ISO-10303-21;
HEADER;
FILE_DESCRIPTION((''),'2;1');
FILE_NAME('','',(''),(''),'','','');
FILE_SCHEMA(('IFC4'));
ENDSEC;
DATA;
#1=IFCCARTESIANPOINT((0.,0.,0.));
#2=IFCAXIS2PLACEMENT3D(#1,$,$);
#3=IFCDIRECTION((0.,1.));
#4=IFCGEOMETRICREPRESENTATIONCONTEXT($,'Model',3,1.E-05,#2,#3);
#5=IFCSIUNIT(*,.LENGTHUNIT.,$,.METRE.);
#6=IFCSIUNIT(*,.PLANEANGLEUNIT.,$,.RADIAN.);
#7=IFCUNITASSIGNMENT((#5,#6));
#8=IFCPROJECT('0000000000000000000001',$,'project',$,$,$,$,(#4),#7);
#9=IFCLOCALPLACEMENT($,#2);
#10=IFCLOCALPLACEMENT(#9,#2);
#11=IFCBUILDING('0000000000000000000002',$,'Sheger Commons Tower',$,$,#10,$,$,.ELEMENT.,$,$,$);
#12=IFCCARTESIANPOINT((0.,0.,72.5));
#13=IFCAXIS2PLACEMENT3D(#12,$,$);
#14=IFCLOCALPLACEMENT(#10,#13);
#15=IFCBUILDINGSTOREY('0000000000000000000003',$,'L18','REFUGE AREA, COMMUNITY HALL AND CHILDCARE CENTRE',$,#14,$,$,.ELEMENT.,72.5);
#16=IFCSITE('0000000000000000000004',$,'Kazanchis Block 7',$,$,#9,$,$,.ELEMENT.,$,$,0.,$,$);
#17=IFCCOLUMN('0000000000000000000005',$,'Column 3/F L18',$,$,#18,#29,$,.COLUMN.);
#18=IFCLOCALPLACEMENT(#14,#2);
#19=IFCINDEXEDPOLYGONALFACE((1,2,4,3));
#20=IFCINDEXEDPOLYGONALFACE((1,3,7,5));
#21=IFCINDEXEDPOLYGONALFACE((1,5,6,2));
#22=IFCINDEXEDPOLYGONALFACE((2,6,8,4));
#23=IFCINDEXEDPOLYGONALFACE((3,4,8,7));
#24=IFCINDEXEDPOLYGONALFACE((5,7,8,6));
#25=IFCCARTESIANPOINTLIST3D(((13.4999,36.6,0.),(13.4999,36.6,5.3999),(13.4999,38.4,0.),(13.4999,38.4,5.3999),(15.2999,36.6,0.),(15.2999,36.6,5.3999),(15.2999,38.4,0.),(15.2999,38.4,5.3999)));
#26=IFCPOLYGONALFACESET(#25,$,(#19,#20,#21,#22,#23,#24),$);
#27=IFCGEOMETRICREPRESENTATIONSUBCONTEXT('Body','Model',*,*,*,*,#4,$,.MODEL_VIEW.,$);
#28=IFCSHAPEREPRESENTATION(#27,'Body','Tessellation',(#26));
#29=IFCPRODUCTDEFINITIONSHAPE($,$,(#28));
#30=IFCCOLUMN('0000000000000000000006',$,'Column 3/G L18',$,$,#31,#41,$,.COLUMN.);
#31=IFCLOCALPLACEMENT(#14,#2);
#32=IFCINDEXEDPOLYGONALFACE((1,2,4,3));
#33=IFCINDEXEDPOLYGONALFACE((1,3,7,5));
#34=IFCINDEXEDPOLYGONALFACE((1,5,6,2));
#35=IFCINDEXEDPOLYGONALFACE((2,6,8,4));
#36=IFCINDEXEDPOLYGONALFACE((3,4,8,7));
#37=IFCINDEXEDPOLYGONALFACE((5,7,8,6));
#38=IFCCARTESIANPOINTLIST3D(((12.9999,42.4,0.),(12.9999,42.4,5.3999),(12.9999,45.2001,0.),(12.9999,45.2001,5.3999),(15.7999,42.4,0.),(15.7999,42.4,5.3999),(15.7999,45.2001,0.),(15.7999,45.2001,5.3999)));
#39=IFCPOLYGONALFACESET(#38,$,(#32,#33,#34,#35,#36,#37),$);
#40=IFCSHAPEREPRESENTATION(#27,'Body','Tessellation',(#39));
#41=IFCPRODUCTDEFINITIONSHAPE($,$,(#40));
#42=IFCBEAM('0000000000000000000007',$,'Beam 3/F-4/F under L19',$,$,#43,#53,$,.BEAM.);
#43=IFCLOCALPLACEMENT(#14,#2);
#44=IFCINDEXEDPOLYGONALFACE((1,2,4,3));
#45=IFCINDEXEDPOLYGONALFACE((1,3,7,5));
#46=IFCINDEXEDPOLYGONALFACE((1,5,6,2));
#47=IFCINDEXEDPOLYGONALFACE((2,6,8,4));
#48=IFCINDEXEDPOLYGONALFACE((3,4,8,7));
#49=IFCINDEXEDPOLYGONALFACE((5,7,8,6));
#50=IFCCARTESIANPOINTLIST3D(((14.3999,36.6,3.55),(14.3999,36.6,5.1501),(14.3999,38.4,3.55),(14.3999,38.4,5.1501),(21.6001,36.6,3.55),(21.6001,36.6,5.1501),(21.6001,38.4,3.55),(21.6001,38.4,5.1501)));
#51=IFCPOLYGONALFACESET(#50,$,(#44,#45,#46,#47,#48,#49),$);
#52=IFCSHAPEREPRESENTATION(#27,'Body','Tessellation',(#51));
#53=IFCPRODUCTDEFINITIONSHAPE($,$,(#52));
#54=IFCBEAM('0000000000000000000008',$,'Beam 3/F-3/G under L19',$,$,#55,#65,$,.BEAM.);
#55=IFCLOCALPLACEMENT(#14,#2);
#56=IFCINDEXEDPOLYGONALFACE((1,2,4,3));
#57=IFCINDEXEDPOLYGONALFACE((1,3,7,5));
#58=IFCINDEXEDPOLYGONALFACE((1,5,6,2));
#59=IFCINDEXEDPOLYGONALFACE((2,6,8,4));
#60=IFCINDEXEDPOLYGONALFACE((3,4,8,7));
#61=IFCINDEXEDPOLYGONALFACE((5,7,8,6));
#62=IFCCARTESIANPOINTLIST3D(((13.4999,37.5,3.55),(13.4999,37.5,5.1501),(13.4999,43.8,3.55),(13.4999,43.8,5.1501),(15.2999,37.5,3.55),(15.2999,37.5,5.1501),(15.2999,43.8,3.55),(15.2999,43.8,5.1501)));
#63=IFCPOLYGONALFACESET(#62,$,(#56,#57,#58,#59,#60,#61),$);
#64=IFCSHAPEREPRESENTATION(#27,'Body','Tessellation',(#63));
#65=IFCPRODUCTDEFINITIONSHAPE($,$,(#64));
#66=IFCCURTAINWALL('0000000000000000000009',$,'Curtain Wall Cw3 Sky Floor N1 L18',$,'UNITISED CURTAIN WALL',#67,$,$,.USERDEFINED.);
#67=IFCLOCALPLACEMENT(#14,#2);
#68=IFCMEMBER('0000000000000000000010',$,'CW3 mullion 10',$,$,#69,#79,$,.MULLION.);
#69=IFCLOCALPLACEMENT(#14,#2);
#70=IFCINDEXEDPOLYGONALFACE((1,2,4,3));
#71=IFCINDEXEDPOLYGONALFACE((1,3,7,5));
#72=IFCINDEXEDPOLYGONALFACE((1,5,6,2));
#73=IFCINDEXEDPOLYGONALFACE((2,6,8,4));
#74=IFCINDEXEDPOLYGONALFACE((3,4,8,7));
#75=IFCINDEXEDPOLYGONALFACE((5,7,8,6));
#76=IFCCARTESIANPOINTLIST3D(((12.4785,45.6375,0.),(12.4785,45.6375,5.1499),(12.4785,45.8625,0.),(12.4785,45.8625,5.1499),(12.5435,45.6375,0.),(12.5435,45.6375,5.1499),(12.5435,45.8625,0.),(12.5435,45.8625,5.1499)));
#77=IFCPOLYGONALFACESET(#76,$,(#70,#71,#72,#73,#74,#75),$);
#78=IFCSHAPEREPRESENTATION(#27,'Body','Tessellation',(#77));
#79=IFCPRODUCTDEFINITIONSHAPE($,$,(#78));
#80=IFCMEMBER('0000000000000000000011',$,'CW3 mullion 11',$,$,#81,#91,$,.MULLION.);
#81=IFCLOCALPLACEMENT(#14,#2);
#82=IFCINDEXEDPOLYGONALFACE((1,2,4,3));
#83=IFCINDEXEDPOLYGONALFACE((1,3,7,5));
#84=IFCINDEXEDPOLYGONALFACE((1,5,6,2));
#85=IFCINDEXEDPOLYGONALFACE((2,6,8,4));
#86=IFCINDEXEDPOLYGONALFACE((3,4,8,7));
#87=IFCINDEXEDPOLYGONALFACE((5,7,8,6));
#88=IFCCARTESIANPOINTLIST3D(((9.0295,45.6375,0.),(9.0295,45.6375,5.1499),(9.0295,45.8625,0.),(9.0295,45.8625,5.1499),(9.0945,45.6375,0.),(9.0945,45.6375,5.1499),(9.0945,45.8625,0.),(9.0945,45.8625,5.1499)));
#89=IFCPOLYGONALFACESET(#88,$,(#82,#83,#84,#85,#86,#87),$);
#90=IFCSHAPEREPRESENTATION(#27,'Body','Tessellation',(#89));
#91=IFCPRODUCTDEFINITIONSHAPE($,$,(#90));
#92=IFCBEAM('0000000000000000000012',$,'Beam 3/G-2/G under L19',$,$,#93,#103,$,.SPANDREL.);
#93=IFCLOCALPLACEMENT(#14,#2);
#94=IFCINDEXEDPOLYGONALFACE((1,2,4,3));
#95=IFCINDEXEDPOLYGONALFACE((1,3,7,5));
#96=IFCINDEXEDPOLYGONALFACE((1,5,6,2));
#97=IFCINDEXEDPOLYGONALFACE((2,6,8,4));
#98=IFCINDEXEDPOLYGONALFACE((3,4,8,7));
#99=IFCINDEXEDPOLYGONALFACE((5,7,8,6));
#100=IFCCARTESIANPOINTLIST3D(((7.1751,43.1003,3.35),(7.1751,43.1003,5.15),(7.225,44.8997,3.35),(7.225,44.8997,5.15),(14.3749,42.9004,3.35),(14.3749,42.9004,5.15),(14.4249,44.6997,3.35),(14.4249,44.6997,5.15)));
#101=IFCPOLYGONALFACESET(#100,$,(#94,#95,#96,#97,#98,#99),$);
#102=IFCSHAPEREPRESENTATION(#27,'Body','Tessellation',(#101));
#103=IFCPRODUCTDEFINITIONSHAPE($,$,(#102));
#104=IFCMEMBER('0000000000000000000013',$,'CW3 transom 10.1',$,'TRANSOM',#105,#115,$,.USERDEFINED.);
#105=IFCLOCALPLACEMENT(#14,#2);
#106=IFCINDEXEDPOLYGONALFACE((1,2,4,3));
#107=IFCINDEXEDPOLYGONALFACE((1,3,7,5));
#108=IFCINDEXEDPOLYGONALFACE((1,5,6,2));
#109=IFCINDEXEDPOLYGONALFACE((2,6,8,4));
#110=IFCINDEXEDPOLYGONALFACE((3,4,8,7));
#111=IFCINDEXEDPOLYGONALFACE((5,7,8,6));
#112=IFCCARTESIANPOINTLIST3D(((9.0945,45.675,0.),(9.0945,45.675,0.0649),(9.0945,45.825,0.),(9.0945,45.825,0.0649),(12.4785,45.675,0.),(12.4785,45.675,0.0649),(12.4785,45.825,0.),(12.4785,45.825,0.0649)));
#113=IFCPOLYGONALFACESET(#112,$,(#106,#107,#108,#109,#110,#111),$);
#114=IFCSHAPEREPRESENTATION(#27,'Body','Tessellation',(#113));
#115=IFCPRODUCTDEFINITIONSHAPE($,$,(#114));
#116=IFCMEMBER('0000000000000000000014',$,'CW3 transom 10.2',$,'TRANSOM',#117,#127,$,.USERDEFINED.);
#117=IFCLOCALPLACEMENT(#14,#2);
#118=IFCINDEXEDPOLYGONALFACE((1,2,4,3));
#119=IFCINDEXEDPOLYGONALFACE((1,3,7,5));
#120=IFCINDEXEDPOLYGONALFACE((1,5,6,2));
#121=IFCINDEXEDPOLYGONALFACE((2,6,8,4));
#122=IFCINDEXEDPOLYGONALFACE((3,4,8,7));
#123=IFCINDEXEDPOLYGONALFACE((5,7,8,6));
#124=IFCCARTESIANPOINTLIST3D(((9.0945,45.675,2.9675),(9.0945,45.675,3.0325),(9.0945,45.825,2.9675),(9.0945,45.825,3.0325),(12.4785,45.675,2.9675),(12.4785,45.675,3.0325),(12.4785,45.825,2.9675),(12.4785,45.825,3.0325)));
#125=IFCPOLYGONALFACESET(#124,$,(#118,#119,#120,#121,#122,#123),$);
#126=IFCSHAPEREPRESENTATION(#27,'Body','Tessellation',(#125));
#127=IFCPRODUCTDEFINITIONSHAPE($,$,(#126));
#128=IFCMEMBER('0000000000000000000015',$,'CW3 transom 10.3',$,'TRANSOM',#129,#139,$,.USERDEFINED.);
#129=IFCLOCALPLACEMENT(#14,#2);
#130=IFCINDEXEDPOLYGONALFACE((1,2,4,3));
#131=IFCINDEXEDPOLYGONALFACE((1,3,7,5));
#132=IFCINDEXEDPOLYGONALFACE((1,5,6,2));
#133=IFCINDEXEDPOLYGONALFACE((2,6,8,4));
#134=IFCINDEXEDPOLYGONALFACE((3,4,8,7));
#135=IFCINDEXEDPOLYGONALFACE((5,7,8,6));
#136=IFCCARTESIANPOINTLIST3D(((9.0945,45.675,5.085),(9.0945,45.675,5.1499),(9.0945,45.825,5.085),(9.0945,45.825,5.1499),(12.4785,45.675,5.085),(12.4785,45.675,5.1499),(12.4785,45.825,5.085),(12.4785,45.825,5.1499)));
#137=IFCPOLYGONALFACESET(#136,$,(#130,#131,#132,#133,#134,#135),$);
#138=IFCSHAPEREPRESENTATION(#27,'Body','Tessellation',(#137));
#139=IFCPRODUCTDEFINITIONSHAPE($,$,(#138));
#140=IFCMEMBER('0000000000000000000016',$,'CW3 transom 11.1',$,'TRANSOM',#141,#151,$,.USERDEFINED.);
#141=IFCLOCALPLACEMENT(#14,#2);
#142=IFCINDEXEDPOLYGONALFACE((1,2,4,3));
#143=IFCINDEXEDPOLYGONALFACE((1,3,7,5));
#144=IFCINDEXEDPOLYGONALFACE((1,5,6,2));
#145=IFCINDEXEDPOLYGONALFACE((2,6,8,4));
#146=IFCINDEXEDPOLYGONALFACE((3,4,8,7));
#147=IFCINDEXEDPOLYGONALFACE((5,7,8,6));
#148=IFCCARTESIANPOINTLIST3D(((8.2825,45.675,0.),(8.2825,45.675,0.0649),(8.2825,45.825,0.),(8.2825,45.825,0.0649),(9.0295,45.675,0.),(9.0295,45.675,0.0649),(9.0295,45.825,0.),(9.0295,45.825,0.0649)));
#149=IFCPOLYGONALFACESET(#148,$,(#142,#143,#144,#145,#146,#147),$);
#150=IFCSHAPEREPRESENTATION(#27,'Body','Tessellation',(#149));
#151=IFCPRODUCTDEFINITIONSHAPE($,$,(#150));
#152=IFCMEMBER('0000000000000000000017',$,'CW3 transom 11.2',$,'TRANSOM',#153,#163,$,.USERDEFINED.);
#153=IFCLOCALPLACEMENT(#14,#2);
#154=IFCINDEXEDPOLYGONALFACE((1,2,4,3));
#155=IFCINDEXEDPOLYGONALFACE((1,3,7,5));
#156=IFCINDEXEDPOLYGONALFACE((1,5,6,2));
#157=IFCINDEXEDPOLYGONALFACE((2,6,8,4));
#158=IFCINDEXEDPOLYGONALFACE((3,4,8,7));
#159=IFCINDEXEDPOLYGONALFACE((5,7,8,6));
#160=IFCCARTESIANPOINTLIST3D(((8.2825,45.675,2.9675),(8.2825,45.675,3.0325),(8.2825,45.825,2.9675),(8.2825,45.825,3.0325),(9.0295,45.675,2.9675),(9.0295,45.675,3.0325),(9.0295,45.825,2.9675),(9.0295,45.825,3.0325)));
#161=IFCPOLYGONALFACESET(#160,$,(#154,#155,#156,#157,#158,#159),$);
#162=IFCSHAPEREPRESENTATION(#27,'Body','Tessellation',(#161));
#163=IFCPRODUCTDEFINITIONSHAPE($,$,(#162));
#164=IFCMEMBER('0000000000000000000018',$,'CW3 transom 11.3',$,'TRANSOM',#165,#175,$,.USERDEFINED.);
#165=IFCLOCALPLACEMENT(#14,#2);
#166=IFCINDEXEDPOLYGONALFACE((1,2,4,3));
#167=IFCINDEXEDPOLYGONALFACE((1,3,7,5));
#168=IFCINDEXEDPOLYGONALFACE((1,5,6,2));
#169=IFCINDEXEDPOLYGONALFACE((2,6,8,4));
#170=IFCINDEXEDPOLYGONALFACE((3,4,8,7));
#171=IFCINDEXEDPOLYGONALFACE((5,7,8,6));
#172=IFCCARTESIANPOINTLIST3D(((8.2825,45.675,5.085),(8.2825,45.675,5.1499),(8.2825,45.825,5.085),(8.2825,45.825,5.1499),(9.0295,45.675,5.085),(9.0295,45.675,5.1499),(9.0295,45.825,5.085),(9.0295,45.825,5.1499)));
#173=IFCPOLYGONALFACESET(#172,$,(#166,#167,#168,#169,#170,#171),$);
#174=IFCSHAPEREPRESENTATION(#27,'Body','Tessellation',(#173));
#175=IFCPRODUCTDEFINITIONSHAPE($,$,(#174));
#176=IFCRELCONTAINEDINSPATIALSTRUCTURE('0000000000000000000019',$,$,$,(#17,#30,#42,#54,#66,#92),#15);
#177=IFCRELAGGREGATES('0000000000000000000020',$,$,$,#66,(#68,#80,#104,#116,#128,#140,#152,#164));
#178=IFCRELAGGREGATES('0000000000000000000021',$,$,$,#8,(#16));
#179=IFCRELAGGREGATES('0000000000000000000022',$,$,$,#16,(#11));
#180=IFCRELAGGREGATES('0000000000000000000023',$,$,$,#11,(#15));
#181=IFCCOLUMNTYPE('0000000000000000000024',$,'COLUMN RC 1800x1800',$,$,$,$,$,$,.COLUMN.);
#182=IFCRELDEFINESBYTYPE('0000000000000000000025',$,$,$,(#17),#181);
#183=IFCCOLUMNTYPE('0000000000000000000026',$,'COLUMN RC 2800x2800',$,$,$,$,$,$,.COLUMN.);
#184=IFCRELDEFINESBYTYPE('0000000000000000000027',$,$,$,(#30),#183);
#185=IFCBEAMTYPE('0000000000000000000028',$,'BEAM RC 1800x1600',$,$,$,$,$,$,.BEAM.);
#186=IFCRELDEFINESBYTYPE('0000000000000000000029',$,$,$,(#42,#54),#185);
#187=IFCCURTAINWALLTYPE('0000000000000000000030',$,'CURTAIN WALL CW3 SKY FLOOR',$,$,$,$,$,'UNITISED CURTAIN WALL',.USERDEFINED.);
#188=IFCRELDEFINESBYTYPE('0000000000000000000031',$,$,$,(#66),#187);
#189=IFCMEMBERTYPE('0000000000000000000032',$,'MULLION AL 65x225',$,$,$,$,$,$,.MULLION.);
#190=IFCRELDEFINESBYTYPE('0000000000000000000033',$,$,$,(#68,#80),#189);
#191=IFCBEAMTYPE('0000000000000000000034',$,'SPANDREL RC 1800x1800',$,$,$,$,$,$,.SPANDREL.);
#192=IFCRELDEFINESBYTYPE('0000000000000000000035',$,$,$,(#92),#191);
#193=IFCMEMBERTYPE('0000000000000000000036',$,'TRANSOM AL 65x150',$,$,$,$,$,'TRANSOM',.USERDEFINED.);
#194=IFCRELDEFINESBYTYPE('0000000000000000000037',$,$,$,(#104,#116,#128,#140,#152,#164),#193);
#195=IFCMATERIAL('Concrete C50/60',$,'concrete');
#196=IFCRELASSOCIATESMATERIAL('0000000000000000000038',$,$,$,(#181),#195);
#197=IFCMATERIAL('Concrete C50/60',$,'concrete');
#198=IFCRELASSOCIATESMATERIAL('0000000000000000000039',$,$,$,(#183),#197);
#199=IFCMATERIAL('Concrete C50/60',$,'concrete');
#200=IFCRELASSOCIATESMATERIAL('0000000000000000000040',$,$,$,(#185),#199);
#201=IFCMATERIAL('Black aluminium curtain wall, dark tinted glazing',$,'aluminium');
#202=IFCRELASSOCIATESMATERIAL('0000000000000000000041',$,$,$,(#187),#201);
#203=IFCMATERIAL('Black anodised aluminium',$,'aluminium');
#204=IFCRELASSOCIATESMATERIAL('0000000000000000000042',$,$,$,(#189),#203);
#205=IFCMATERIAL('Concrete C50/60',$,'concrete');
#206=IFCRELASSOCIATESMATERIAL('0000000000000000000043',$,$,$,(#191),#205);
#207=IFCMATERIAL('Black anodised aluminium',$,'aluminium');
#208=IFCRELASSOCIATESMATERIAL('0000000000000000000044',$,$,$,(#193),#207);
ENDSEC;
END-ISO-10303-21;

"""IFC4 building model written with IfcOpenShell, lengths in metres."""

from ifc_helpers import new_model, si_unit, direction, frame, origin, origin_2d, place, context, subcontext, project, spatial, rectangle, extrude, material, material_profile, profile_set, type_object, element, aggregate, save


model = new_model("IFC4")

# Units and contexts
model_context = context("Model", 3, precision=1e-05, world=origin(), true_north=direction((0.0, 1.0)))
body_context = subcontext(model_context, "Body", "Model", "MODEL_VIEW")
ifc_project = project(units=[si_unit("LENGTHUNIT", "METRE"), si_unit("PLANEANGLEUNIT", "RADIAN")], contexts=[model_context])

# Site, building, storey
site_placement = place(None, origin())
site = spatial("IfcSite", under=ifc_project, at=site_placement, Name="Kazanchis Block 7", CompositionType="ELEMENT", RefElevation=0.0)
building_placement = place(site_placement, origin())
building = spatial("IfcBuilding", under=site, at=building_placement, Name="Sheger Commons Tower", CompositionType="ELEMENT")
storey_placement = place(building_placement, frame((0.0, 0.0, 72.5)))
storey = spatial("IfcBuildingStorey", under=building, at=storey_placement, Name="L18", Description="REFUGE AREA, COMMUNITY HALL AND CHILDCARE CENTRE", CompositionType="ELEMENT", Elevation=72.5)

# Columns
ifc_material_1 = material(Name="Concrete C50/60", Category="concrete")
ifc_material_profile_1 = material_profile(ifc_material_1, rectangle(XDim=1.8, YDim=1.8, at=origin_2d()), Name="RC 1800x1800")
ifc_profile_set_1 = profile_set([ifc_material_profile_1], Name="Concrete C50/60")
column_type_1 = type_object("IfcColumnType", Name="COLUMN RC 1800x1800", PredefinedType="COLUMN", material=ifc_profile_set_1)
column_1_placement = place(storey_placement, frame((14.3999, 37.5, 0.0), z_axis=(0.0, 0.0, 1.0), x_axis=(1.0, 0.0, 0.0)))
element("IfcColumn", 1, at=column_1_placement, inside=storey, type_object=column_type_1, Name="Column 3/F L18", PredefinedType="COLUMN", context=body_context, shape_type="SweptSolid", body=[
    extrude(rectangle(XDim=1.8, YDim=1.8, at=origin_2d()), origin(), (0.0, 0.0, 1.0), 5.3999),
])
ifc_material_2 = material(Name="Concrete C50/60", Category="concrete")
ifc_material_profile_2 = material_profile(ifc_material_2, rectangle(XDim=2.8, YDim=2.8, at=origin_2d()), Name="RC 2800x2800")
ifc_profile_set_2 = profile_set([ifc_material_profile_2], Name="Concrete C50/60")
column_type_2 = type_object("IfcColumnType", Name="COLUMN RC 2800x2800", PredefinedType="COLUMN", material=ifc_profile_set_2)
column_2_placement = place(storey_placement, frame((14.3999, 43.8, 0.0), z_axis=(0.0, 0.0, 1.0), x_axis=(1.0, 0.0, 0.0)))
element("IfcColumn", 2, at=column_2_placement, inside=storey, type_object=column_type_2, Name="Column 3/G L18", PredefinedType="COLUMN", context=body_context, shape_type="SweptSolid", body=[
    extrude(rectangle(XDim=2.8, YDim=2.8, at=origin_2d()), origin(), (0.0, 0.0, 1.0), 5.3999),
])

# Beams
ifc_material_3 = material(Name="Concrete C50/60", Category="concrete")
ifc_material_profile_3 = material_profile(ifc_material_3, rectangle(XDim=1.8, YDim=1.6001, at=origin_2d()), Name="RC 1800x1600")
ifc_profile_set_3 = profile_set([ifc_material_profile_3], Name="Concrete C50/60")
beam_type_1 = type_object("IfcBeamType", Name="BEAM RC 1800x1600", PredefinedType="BEAM", material=ifc_profile_set_3)
beam_1_placement = place(storey_placement, frame((14.3999, 37.5, 4.3501), z_axis=(1.0, 0.0, 0.0), x_axis=(0.0, 1.0, 0.0)))
element("IfcBeam", 3, at=beam_1_placement, inside=storey, type_object=beam_type_1, Name="Beam 3/F-4/F under L19", PredefinedType="BEAM", context=body_context, shape_type="SweptSolid", body=[
    extrude(rectangle(XDim=1.8, YDim=1.6001, at=origin_2d()), origin(), (0.0, 0.0, 1.0), 7.2002),
])
beam_2_placement = place(storey_placement, frame((14.3999, 37.5, 4.3501), z_axis=(0.0, 1.0, 0.0), x_axis=(-1.0, 0.0, 0.0)))
element("IfcBeam", 4, at=beam_2_placement, inside=storey, type_object=beam_type_1, Name="Beam 3/F-3/G under L19", PredefinedType="BEAM", context=body_context, shape_type="SweptSolid", body=[
    extrude(rectangle(XDim=1.8, YDim=1.6001, at=origin_2d()), origin(), (0.0, 0.0, 1.0), 6.3),
])

# Curtain wall, members
ifc_material_4 = material(Name="Black aluminium curtain wall, dark tinted glazing", Category="aluminium")
curtain_wall_type = type_object("IfcCurtainWallType", Name="CURTAIN WALL CW3 SKY FLOOR", ElementType="UNITISED CURTAIN WALL", PredefinedType="USERDEFINED", material=ifc_material_4)
curtain_wall_placement = place(storey_placement, origin())
curtain_wall = element("IfcCurtainWall", 5, at=curtain_wall_placement, inside=storey, type_object=curtain_wall_type, Name="Curtain Wall Cw3 Sky Floor N1 L18", ObjectType="UNITISED CURTAIN WALL", PredefinedType="USERDEFINED")
ifc_material_5 = material(Name="Black anodised aluminium", Category="aluminium")
ifc_material_profile_4 = material_profile(ifc_material_5, rectangle(XDim=0.2251, YDim=0.0649, at=origin_2d()), Name="AL 65x225")
ifc_profile_set_4 = profile_set([ifc_material_profile_4], Name="Black anodised aluminium")
member_type_1 = type_object("IfcMemberType", Name="MULLION AL 65x225", PredefinedType="MULLION", material=ifc_profile_set_4)
member_1_placement = place(storey_placement, frame((12.511, 45.75, 0.0), z_axis=(0.0, 0.0, 1.0), x_axis=(0.0, -1.0, 0.0)))
member_1 = element("IfcMember", 6, at=member_1_placement, type_object=member_type_1, Name="CW3 mullion 10", PredefinedType="MULLION", context=body_context, shape_type="SweptSolid", body=[
    extrude(rectangle(XDim=0.2251, YDim=0.0649, at=origin_2d()), origin(), (0.0, 0.0, 1.0), 5.1499),
])
member_2_placement = place(storey_placement, frame((9.062, 45.75, 0.0), z_axis=(0.0, 0.0, 1.0), x_axis=(0.0, -1.0, 0.0)))
member_2 = element("IfcMember", 7, at=member_2_placement, type_object=member_type_1, Name="CW3 mullion 11", PredefinedType="MULLION", context=body_context, shape_type="SweptSolid", body=[
    extrude(rectangle(XDim=0.2251, YDim=0.0649, at=origin_2d()), origin(), (0.0, 0.0, 1.0), 5.1499),
])

# Beam
ifc_material_6 = material(Name="Concrete C50/60", Category="concrete")
ifc_material_profile_5 = material_profile(ifc_material_6, rectangle(XDim=1.8, YDim=1.8, at=origin_2d()), Name="RC 1800x1800")
ifc_profile_set_5 = profile_set([ifc_material_profile_5], Name="Concrete C50/60")
beam_type_2 = type_object("IfcBeamType", Name="SPANDREL RC 1800x1800", PredefinedType="SPANDREL", material=ifc_profile_set_5)
beam_3_placement = place(storey_placement, frame((14.3999, 43.8, 4.25), z_axis=(-0.999615, 0.02776, 0.0), x_axis=(-0.02776, -0.999615, 0.0)))
element("IfcBeam", 8, at=beam_3_placement, inside=storey, type_object=beam_type_2, Name="Beam 3/G-2/G under L19", PredefinedType="SPANDREL", context=body_context, shape_type="SweptSolid", body=[
    extrude(rectangle(XDim=1.8, YDim=1.8, at=origin_2d()), origin(), (0.0, 0.0, 1.0), 7.2026),
])

# Members
ifc_material_7 = material(Name="Black anodised aluminium", Category="aluminium")
ifc_material_profile_6 = material_profile(ifc_material_7, rectangle(XDim=0.1499, YDim=0.0649, at=origin_2d()), Name="AL 65x150")
ifc_profile_set_6 = profile_set([ifc_material_profile_6], Name="Black anodised aluminium")
member_type_2 = type_object("IfcMemberType", Name="TRANSOM AL 65x150", ElementType="TRANSOM", PredefinedType="USERDEFINED", material=ifc_profile_set_6)
member_3_placement = place(storey_placement, frame((12.4785, 45.75, 0.0325), z_axis=(-1.0, 0.0, 0.0), x_axis=(0.0, -1.0, 0.0)))
member_3 = element("IfcMember", 9, at=member_3_placement, type_object=member_type_2, Name="CW3 transom 10.1", ObjectType="TRANSOM", PredefinedType="USERDEFINED", context=body_context, shape_type="SweptSolid", body=[
    extrude(rectangle(XDim=0.1499, YDim=0.0649, at=origin_2d()), origin(), (0.0, 0.0, 1.0), 3.384),
])
member_4_placement = place(storey_placement, frame((12.4785, 45.75, 3.0), z_axis=(-1.0, 0.0, 0.0), x_axis=(0.0, -1.0, 0.0)))
member_4 = element("IfcMember", 10, at=member_4_placement, type_object=member_type_2, Name="CW3 transom 10.2", ObjectType="TRANSOM", PredefinedType="USERDEFINED", context=body_context, shape_type="SweptSolid", body=[
    extrude(rectangle(XDim=0.1499, YDim=0.0649, at=origin_2d()), origin(), (0.0, 0.0, 1.0), 3.384),
])
member_5_placement = place(storey_placement, frame((12.4785, 45.75, 5.1174), z_axis=(-1.0, 0.0, 0.0), x_axis=(0.0, -1.0, 0.0)))
member_5 = element("IfcMember", 11, at=member_5_placement, type_object=member_type_2, Name="CW3 transom 10.3", ObjectType="TRANSOM", PredefinedType="USERDEFINED", context=body_context, shape_type="SweptSolid", body=[
    extrude(rectangle(XDim=0.1499, YDim=0.0649, at=origin_2d()), origin(), (0.0, 0.0, 1.0), 3.384),
])
member_6_placement = place(storey_placement, frame((9.0295, 45.75, 0.0325), z_axis=(-1.0, 0.0, 0.0), x_axis=(0.0, -1.0, 0.0)))
member_6 = element("IfcMember", 12, at=member_6_placement, type_object=member_type_2, Name="CW3 transom 11.1", ObjectType="TRANSOM", PredefinedType="USERDEFINED", context=body_context, shape_type="SweptSolid", body=[
    extrude(rectangle(XDim=0.1499, YDim=0.0649, at=origin_2d()), origin(), (0.0, 0.0, 1.0), 0.7471),
])
member_7_placement = place(storey_placement, frame((9.0295, 45.75, 3.0), z_axis=(-1.0, 0.0, 0.0), x_axis=(0.0, -1.0, 0.0)))
member_7 = element("IfcMember", 13, at=member_7_placement, type_object=member_type_2, Name="CW3 transom 11.2", ObjectType="TRANSOM", PredefinedType="USERDEFINED", context=body_context, shape_type="SweptSolid", body=[
    extrude(rectangle(XDim=0.1499, YDim=0.0649, at=origin_2d()), origin(), (0.0, 0.0, 1.0), 0.7471),
])
member_8_placement = place(storey_placement, frame((9.0295, 45.75, 5.1174), z_axis=(-1.0, 0.0, 0.0), x_axis=(0.0, -1.0, 0.0)))
member_8 = element("IfcMember", 14, at=member_8_placement, type_object=member_type_2, Name="CW3 transom 11.3", ObjectType="TRANSOM", PredefinedType="USERDEFINED", context=body_context, shape_type="SweptSolid", body=[
    extrude(rectangle(XDim=0.1499, YDim=0.0649, at=origin_2d()), origin(), (0.0, 0.0, 1.0), 0.7471),
])

aggregate(curtain_wall, [member_1, member_2, member_3, member_4, member_5, member_6, member_7, member_8])

save(model, "model.ifc")
